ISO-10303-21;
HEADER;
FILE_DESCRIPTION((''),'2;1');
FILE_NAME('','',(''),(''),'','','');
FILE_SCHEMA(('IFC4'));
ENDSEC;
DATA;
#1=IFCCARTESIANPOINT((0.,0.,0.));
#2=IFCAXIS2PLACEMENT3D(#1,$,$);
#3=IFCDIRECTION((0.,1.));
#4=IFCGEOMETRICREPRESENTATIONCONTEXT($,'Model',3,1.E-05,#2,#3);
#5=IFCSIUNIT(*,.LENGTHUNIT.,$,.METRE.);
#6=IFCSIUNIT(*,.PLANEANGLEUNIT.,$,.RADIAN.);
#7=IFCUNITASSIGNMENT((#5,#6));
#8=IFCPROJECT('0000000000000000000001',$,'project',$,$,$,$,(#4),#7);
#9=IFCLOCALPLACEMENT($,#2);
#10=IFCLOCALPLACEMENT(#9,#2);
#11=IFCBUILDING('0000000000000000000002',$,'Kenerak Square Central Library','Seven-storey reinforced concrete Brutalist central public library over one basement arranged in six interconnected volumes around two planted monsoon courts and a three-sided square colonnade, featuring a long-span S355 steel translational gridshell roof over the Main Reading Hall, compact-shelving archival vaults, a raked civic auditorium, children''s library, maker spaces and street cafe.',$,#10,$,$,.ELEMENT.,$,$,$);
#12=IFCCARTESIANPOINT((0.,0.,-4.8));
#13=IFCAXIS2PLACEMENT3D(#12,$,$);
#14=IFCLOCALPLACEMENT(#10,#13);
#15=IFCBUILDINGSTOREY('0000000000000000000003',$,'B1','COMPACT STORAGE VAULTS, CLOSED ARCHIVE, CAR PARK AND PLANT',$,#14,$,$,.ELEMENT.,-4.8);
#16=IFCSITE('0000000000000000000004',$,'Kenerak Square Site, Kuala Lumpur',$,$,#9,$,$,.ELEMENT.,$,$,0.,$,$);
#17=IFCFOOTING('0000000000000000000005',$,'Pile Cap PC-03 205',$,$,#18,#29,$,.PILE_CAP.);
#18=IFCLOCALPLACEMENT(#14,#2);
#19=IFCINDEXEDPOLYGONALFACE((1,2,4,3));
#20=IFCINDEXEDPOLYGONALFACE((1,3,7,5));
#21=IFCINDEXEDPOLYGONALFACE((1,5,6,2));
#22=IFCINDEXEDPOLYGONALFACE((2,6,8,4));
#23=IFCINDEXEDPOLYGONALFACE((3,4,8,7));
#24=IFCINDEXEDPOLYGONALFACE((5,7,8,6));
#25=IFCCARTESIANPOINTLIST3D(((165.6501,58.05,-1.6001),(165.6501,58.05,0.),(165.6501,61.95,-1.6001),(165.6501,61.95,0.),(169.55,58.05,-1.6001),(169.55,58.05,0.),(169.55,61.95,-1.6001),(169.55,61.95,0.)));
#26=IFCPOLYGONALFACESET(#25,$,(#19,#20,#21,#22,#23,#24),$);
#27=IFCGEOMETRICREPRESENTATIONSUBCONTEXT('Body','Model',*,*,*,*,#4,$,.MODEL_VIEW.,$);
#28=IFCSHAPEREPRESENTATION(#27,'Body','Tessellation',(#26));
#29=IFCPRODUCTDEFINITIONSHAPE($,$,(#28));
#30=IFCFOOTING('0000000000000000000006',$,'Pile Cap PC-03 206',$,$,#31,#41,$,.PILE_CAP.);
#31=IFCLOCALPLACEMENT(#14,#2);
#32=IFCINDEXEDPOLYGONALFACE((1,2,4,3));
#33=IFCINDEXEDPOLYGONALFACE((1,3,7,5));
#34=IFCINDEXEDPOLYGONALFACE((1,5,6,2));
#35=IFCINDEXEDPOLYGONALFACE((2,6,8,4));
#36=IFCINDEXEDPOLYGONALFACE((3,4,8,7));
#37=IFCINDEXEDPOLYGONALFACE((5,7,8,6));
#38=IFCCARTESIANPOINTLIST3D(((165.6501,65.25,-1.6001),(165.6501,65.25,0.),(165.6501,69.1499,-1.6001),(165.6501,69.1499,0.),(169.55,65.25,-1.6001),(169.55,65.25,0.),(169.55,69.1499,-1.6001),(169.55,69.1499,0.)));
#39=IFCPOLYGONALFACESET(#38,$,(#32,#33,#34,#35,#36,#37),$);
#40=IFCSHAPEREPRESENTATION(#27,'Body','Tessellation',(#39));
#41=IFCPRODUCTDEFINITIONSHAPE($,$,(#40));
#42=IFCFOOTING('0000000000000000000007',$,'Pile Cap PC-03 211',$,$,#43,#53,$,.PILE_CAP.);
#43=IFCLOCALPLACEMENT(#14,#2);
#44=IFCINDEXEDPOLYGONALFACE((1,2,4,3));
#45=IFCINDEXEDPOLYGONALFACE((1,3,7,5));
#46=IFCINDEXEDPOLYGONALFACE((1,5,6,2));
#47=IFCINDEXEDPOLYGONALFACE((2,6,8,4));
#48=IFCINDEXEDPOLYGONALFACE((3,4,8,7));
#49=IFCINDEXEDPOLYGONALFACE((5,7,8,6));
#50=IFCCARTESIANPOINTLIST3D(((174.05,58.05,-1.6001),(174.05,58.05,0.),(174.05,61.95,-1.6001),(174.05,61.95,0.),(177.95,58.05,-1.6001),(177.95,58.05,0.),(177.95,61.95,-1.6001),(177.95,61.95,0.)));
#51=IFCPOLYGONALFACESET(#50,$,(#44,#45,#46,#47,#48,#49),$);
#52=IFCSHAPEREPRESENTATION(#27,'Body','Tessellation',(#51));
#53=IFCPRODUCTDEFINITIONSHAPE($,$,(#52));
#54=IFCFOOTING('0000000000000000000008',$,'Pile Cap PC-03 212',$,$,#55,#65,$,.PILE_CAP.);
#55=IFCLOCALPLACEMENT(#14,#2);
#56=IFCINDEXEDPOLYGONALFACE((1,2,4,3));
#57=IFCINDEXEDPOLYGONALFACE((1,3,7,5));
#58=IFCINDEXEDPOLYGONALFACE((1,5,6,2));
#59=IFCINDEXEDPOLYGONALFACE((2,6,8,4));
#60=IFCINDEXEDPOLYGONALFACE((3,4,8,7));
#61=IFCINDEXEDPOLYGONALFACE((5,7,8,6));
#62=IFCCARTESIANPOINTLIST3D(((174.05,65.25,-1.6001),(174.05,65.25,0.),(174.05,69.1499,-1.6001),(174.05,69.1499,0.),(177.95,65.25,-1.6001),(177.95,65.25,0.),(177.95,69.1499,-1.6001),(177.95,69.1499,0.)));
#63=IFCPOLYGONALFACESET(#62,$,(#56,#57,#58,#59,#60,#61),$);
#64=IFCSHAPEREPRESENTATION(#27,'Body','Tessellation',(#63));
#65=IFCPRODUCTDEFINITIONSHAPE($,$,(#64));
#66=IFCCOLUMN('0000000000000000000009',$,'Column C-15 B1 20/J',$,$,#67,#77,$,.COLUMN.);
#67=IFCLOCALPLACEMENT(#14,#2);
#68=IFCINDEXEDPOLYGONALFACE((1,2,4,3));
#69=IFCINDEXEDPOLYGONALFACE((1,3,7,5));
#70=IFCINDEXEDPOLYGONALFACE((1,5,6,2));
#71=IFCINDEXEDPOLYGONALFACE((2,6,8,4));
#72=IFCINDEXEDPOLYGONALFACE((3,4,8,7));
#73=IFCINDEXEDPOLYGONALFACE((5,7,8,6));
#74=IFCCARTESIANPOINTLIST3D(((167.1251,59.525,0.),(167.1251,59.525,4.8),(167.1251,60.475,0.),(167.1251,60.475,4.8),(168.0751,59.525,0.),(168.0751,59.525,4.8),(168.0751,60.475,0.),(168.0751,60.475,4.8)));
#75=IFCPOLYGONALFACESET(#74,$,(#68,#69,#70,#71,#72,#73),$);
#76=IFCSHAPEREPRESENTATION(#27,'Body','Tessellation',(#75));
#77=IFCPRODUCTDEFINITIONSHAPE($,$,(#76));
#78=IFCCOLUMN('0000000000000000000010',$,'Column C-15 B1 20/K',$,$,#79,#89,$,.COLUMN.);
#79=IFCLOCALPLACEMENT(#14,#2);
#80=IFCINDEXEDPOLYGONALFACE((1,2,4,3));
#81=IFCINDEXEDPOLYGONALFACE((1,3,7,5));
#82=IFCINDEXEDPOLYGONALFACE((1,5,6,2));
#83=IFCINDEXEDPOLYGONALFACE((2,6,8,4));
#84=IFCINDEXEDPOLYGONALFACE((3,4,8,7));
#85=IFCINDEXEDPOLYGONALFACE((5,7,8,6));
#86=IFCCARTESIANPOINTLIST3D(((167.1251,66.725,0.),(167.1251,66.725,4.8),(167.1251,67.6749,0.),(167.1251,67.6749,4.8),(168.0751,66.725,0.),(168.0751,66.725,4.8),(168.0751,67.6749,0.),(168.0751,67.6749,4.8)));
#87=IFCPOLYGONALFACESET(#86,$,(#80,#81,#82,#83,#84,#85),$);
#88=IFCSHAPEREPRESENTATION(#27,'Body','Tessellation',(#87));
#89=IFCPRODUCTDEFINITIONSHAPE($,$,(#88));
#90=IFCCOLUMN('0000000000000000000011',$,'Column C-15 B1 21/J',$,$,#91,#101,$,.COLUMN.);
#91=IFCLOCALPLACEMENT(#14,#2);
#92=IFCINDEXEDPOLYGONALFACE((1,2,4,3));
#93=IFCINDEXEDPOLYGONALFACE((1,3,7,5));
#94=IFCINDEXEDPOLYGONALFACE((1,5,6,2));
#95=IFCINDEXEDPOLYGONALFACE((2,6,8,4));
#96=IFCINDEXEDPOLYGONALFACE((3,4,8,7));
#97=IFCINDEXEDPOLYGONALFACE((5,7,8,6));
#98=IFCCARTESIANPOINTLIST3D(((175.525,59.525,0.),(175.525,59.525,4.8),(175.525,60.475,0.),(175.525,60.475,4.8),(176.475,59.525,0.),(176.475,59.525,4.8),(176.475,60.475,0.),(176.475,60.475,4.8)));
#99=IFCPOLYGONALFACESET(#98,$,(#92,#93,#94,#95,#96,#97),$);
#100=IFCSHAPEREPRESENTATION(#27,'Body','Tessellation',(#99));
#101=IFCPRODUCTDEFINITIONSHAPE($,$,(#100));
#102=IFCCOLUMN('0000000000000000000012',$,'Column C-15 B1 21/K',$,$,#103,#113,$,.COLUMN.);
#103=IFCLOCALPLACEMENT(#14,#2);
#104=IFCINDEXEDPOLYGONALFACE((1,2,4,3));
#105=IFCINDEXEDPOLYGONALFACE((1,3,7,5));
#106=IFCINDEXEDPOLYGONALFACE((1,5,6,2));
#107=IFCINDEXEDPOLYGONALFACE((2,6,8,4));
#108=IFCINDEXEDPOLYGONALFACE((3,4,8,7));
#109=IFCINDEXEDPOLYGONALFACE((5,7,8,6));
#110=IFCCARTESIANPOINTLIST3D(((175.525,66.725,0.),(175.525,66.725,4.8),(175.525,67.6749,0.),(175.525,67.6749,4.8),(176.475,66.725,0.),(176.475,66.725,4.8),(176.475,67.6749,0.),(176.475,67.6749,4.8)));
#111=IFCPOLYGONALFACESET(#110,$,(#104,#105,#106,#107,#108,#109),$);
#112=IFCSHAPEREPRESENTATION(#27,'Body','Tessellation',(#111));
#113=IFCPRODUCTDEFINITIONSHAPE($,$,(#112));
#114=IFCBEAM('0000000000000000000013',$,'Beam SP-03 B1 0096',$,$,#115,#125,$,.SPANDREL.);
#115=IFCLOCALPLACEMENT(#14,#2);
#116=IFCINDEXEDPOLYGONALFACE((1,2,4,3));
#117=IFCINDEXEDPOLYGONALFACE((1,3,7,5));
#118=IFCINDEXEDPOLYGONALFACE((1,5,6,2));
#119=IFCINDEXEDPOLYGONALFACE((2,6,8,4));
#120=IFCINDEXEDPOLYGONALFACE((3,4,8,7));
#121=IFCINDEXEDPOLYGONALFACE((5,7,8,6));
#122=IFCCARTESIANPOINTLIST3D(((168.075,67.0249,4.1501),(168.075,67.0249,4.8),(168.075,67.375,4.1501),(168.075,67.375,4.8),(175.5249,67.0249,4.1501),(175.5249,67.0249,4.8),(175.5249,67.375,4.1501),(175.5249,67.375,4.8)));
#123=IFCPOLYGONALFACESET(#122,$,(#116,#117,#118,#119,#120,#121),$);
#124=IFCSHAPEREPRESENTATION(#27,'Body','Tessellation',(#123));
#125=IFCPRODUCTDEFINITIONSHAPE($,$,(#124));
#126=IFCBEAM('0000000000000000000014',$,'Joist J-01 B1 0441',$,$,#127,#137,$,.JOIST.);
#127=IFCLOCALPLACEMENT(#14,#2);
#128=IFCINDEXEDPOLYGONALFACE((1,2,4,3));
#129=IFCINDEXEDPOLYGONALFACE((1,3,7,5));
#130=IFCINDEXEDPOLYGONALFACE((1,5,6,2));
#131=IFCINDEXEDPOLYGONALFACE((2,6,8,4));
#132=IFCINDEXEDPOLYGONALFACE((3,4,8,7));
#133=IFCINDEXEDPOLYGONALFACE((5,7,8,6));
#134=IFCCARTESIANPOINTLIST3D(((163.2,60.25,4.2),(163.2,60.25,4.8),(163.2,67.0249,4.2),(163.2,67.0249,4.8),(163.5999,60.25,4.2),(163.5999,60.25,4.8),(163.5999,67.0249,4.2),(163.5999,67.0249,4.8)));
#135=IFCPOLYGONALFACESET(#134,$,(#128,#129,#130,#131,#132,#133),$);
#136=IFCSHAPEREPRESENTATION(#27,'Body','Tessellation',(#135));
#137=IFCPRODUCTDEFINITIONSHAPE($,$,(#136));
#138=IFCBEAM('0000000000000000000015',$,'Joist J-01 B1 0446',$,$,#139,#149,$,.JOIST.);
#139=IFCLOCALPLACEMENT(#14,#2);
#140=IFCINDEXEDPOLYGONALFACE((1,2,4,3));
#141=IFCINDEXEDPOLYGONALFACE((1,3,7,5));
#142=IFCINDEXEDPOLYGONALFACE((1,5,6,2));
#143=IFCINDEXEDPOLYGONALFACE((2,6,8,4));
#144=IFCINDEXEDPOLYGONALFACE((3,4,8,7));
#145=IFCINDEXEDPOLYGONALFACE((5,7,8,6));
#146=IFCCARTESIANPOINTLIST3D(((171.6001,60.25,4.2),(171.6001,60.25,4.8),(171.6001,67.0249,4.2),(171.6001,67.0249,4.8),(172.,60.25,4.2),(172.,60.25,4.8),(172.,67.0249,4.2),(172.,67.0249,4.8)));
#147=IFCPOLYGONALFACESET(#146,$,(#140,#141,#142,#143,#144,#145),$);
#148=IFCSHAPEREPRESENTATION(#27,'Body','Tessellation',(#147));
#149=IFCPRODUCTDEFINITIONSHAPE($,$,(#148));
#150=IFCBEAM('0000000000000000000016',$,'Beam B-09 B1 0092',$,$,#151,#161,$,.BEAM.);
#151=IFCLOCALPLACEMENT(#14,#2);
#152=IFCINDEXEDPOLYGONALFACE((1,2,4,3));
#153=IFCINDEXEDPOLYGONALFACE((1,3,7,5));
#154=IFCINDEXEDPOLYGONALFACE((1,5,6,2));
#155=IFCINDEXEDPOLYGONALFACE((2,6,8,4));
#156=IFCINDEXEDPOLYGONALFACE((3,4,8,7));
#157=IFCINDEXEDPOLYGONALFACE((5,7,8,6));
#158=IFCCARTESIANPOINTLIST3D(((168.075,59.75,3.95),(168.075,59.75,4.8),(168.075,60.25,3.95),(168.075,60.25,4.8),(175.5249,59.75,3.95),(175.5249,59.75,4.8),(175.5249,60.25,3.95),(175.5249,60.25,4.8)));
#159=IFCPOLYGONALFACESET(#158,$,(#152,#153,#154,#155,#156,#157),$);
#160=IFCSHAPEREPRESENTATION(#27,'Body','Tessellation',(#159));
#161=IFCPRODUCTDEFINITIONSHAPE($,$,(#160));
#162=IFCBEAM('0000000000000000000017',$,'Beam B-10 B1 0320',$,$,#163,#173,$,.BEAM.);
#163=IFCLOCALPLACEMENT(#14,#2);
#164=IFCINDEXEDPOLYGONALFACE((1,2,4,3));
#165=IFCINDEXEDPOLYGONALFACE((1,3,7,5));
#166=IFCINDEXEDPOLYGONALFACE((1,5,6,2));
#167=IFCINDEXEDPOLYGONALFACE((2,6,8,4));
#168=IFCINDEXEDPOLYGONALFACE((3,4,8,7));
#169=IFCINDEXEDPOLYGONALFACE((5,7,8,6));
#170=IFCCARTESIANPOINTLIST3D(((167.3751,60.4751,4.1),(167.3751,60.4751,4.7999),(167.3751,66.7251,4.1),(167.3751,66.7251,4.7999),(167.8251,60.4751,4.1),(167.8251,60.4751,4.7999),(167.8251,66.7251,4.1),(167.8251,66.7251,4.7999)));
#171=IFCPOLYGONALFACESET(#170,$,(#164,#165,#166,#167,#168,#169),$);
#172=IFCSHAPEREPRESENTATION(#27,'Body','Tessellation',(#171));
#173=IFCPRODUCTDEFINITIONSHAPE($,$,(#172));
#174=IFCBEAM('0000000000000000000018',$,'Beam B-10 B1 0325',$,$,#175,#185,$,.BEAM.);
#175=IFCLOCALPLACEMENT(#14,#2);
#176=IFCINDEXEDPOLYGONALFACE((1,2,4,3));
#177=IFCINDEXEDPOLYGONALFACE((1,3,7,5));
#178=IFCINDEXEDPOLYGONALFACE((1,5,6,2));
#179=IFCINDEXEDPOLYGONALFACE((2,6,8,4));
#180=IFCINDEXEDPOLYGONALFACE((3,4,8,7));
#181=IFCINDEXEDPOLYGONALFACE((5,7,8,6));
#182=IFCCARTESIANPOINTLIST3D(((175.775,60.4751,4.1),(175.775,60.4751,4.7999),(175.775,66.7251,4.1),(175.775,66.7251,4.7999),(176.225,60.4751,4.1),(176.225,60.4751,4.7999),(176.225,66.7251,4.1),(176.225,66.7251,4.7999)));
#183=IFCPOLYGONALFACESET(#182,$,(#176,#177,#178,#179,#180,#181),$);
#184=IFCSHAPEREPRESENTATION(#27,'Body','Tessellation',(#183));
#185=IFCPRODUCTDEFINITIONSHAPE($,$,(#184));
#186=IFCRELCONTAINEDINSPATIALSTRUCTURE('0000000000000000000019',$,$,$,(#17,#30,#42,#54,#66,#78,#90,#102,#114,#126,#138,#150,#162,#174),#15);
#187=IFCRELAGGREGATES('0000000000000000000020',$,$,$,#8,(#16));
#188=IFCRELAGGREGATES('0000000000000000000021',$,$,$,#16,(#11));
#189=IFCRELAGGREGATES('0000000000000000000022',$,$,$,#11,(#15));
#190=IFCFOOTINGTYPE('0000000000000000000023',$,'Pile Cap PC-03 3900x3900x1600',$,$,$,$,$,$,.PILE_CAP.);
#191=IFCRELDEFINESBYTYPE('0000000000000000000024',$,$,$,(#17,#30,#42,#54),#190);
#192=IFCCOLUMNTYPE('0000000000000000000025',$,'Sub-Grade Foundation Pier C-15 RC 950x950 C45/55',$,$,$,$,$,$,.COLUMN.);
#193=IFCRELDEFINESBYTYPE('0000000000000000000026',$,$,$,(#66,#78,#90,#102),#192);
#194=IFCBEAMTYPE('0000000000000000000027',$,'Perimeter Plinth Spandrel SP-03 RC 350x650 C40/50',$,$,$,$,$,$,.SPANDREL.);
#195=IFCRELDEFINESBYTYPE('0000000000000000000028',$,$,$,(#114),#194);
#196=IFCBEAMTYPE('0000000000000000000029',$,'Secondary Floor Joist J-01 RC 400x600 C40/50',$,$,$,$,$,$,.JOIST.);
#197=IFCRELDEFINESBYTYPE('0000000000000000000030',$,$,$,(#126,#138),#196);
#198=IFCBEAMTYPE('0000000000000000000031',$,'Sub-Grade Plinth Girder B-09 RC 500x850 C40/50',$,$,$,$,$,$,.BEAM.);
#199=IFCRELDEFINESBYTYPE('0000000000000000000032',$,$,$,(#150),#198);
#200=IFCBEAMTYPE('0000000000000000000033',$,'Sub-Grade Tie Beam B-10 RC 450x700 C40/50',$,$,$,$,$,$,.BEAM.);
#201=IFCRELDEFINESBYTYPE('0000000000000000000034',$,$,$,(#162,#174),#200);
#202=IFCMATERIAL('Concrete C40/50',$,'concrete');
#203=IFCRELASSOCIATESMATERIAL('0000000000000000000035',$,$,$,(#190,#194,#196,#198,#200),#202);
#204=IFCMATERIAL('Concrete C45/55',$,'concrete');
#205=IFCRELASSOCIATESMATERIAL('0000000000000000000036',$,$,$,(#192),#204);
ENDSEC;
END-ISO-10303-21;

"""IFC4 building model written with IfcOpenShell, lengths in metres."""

from ifc_helpers import new_model, si_unit, direction, frame, origin, origin_2d, place, context, subcontext, project, spatial, rectangle, extrude, material, material_profile, profile_set, type_object, element, save


model = new_model("IFC4")

# Units and contexts
model_context = context("Model", 3, precision=1e-05, world=origin(), true_north=direction((0.0, 1.0)))
body_context = subcontext(model_context, "Body", "Model", "MODEL_VIEW")
ifc_project = project(units=[si_unit("LENGTHUNIT", "METRE"), si_unit("PLANEANGLEUNIT", "RADIAN")], contexts=[model_context])

# Site, building, storey
site_placement = place(None, origin())
site = spatial("IfcSite", under=ifc_project, at=site_placement, Name="Kenerak Square Site, Kuala Lumpur", CompositionType="ELEMENT", RefElevation=0.0)
building_placement = place(site_placement, origin())
building = spatial("IfcBuilding", under=site, at=building_placement, Name="Kenerak Square Central Library", Description="Seven-storey reinforced concrete Brutalist central public library over one basement arranged in six interconnected volumes around two planted monsoon courts and a three-sided square colonnade, featuring a long-span S355 steel translational gridshell roof over the Main Reading Hall, compact-shelving archival vaults, a raked civic auditorium, children's library, maker spaces and street cafe.", CompositionType="ELEMENT")
storey_placement = place(building_placement, frame((0.0, 0.0, -4.8)))
storey = spatial("IfcBuildingStorey", under=building, at=storey_placement, Name="B1", Description="COMPACT STORAGE VAULTS, CLOSED ARCHIVE, CAR PARK AND PLANT", CompositionType="ELEMENT", Elevation=-4.8)

# Shared definitions
ifc_material_1 = material(Name="Concrete C40/50", Category="concrete")

# Footings
footing_type_1 = type_object("IfcFootingType", Name="Pile Cap PC-03 3900x3900x1600", PredefinedType="PILE_CAP", material=ifc_material_1)
for number, where, z_axis, x_axis, name in (
    (1, (167.6001, 60.0, -1.6001), (0.0, 0.0, 1.0), (1.0, 0.0, 0.0), "Pile Cap PC-03 205"),
    (2, (167.6001, 67.2, -1.6001), (0.0, 0.0, 1.0), (1.0, 0.0, 0.0), "Pile Cap PC-03 206"),
    (3, (176.0, 60.0, -1.6001), (0.0, 0.0, 1.0), (1.0, 0.0, 0.0), "Pile Cap PC-03 211"),
    (4, (176.0, 67.2, -1.6001), (0.0, 0.0, 1.0), (1.0, 0.0, 0.0), "Pile Cap PC-03 212"),
):
    element("IfcFooting", number, at=place(storey_placement, frame(where, z_axis=z_axis, x_axis=x_axis)), inside=storey, type_object=footing_type_1, Name=name, PredefinedType="PILE_CAP", context=body_context, shape_type="SweptSolid", body=[
        extrude(rectangle(XDim=3.8999, YDim=3.8999, at=origin_2d()), origin(), (0.0, 0.0, 1.0), 1.6001),
    ])

# Columns
ifc_material_2 = material(Name="Concrete C45/55", Category="concrete")
ifc_material_profile_1 = material_profile(ifc_material_2, rectangle(XDim=0.95, YDim=0.95, at=origin_2d()), Name="RC 950x950")
ifc_profile_set_1 = profile_set([ifc_material_profile_1], Name="Concrete C45/55")
column_type = type_object("IfcColumnType", Name="Sub-Grade Foundation Pier C-15 RC 950x950 C45/55", PredefinedType="COLUMN", material=ifc_profile_set_1)
for number, where, z_axis, x_axis, name in (
    (5, (167.6001, 60.0, 0.0), (0.0, 0.0, 1.0), (1.0, 0.0, 0.0), "Column C-15 B1 20/J"),
    (6, (167.6001, 67.2, 0.0), (0.0, 0.0, 1.0), (1.0, 0.0, 0.0), "Column C-15 B1 20/K"),
    (7, (176.0, 60.0, 0.0), (0.0, 0.0, 1.0), (1.0, 0.0, 0.0), "Column C-15 B1 21/J"),
    (8, (176.0, 67.2, 0.0), (0.0, 0.0, 1.0), (1.0, 0.0, 0.0), "Column C-15 B1 21/K"),
):
    element("IfcColumn", number, at=place(storey_placement, frame(where, z_axis=z_axis, x_axis=x_axis)), inside=storey, type_object=column_type, Name=name, PredefinedType="COLUMN", context=body_context, shape_type="SweptSolid", body=[
        extrude(rectangle(XDim=0.95, YDim=0.95, at=origin_2d()), origin(), (0.0, 0.0, 1.0), 4.8),
    ])

# Beams
ifc_material_profile_2 = material_profile(ifc_material_1, rectangle(XDim=0.3501, YDim=0.6499, at=origin_2d()), Name="RC 350x650")
ifc_profile_set_2 = profile_set([ifc_material_profile_2], Name="Concrete C40/50")
beam_type_1 = type_object("IfcBeamType", Name="Perimeter Plinth Spandrel SP-03 RC 350x650 C40/50", PredefinedType="SPANDREL", material=ifc_profile_set_2)
beam_1_placement = place(storey_placement, frame((168.075, 67.2, 4.4751), z_axis=(1.0, 0.0, 0.0), x_axis=(0.0, 1.0, 0.0)))
element("IfcBeam", 9, at=beam_1_placement, inside=storey, type_object=beam_type_1, Name="Beam SP-03 B1 0096", PredefinedType="SPANDREL", context=body_context, shape_type="SweptSolid", body=[
    extrude(rectangle(XDim=0.3501, YDim=0.6499, at=origin_2d()), origin(), (0.0, 0.0, 1.0), 7.45),
])
ifc_material_profile_3 = material_profile(ifc_material_1, rectangle(XDim=0.3999, YDim=0.6001, at=origin_2d()), Name="RC 400x600")
ifc_profile_set_3 = profile_set([ifc_material_profile_3], Name="Concrete C40/50")
beam_type_2 = type_object("IfcBeamType", Name="Secondary Floor Joist J-01 RC 400x600 C40/50", PredefinedType="JOIST", material=ifc_profile_set_3)
for number, where, z_axis, x_axis, name in (
    (10, (163.3999, 60.25, 4.5), (0.0, 1.0, 0.0), (-1.0, 0.0, 0.0), "Joist J-01 B1 0441"),
    (11, (171.8, 60.25, 4.5), (0.0, 1.0, 0.0), (-1.0, 0.0, 0.0), "Joist J-01 B1 0446"),
):
    element("IfcBeam", number, at=place(storey_placement, frame(where, z_axis=z_axis, x_axis=x_axis)), inside=storey, type_object=beam_type_2, Name=name, PredefinedType="JOIST", context=body_context, shape_type="SweptSolid", body=[
        extrude(rectangle(XDim=0.3999, YDim=0.6001, at=origin_2d()), origin(), (0.0, 0.0, 1.0), 6.7749),
    ])
ifc_material_profile_4 = material_profile(ifc_material_1, rectangle(XDim=0.5, YDim=0.8501, at=origin_2d()), Name="RC 500x850")
ifc_profile_set_4 = profile_set([ifc_material_profile_4], Name="Concrete C40/50")
beam_type_3 = type_object("IfcBeamType", Name="Sub-Grade Plinth Girder B-09 RC 500x850 C40/50", PredefinedType="BEAM", material=ifc_profile_set_4)
beam_2_placement = place(storey_placement, frame((168.075, 60.0, 4.375), z_axis=(1.0, 0.0, 0.0), x_axis=(0.0, 1.0, 0.0)))
element("IfcBeam", 12, at=beam_2_placement, inside=storey, type_object=beam_type_3, Name="Beam B-09 B1 0092", PredefinedType="BEAM", context=body_context, shape_type="SweptSolid", body=[
    extrude(rectangle(XDim=0.5, YDim=0.8501, at=origin_2d()), origin(), (0.0, 0.0, 1.0), 7.45),
])
ifc_material_profile_5 = material_profile(ifc_material_1, rectangle(XDim=0.45, YDim=0.7, at=origin_2d()), Name="RC 450x700")
ifc_profile_set_5 = profile_set([ifc_material_profile_5], Name="Concrete C40/50")
beam_type_4 = type_object("IfcBeamType", Name="Sub-Grade Tie Beam B-10 RC 450x700 C40/50", PredefinedType="BEAM", material=ifc_profile_set_5)
for number, where, z_axis, x_axis, name in (
    (13, (167.6001, 60.4751, 4.45), (0.0, 1.0, 0.0), (-1.0, 0.0, 0.0), "Beam B-10 B1 0320"),
    (14, (176.0, 60.4751, 4.45), (0.0, 1.0, 0.0), (-1.0, 0.0, 0.0), "Beam B-10 B1 0325"),
):
    element("IfcBeam", number, at=place(storey_placement, frame(where, z_axis=z_axis, x_axis=x_axis)), inside=storey, type_object=beam_type_4, Name=name, PredefinedType="BEAM", context=body_context, shape_type="SweptSolid", body=[
        extrude(rectangle(XDim=0.45, YDim=0.7, at=origin_2d()), origin(), (0.0, 0.0, 1.0), 6.25),
    ])

save(model, "model.ifc")
